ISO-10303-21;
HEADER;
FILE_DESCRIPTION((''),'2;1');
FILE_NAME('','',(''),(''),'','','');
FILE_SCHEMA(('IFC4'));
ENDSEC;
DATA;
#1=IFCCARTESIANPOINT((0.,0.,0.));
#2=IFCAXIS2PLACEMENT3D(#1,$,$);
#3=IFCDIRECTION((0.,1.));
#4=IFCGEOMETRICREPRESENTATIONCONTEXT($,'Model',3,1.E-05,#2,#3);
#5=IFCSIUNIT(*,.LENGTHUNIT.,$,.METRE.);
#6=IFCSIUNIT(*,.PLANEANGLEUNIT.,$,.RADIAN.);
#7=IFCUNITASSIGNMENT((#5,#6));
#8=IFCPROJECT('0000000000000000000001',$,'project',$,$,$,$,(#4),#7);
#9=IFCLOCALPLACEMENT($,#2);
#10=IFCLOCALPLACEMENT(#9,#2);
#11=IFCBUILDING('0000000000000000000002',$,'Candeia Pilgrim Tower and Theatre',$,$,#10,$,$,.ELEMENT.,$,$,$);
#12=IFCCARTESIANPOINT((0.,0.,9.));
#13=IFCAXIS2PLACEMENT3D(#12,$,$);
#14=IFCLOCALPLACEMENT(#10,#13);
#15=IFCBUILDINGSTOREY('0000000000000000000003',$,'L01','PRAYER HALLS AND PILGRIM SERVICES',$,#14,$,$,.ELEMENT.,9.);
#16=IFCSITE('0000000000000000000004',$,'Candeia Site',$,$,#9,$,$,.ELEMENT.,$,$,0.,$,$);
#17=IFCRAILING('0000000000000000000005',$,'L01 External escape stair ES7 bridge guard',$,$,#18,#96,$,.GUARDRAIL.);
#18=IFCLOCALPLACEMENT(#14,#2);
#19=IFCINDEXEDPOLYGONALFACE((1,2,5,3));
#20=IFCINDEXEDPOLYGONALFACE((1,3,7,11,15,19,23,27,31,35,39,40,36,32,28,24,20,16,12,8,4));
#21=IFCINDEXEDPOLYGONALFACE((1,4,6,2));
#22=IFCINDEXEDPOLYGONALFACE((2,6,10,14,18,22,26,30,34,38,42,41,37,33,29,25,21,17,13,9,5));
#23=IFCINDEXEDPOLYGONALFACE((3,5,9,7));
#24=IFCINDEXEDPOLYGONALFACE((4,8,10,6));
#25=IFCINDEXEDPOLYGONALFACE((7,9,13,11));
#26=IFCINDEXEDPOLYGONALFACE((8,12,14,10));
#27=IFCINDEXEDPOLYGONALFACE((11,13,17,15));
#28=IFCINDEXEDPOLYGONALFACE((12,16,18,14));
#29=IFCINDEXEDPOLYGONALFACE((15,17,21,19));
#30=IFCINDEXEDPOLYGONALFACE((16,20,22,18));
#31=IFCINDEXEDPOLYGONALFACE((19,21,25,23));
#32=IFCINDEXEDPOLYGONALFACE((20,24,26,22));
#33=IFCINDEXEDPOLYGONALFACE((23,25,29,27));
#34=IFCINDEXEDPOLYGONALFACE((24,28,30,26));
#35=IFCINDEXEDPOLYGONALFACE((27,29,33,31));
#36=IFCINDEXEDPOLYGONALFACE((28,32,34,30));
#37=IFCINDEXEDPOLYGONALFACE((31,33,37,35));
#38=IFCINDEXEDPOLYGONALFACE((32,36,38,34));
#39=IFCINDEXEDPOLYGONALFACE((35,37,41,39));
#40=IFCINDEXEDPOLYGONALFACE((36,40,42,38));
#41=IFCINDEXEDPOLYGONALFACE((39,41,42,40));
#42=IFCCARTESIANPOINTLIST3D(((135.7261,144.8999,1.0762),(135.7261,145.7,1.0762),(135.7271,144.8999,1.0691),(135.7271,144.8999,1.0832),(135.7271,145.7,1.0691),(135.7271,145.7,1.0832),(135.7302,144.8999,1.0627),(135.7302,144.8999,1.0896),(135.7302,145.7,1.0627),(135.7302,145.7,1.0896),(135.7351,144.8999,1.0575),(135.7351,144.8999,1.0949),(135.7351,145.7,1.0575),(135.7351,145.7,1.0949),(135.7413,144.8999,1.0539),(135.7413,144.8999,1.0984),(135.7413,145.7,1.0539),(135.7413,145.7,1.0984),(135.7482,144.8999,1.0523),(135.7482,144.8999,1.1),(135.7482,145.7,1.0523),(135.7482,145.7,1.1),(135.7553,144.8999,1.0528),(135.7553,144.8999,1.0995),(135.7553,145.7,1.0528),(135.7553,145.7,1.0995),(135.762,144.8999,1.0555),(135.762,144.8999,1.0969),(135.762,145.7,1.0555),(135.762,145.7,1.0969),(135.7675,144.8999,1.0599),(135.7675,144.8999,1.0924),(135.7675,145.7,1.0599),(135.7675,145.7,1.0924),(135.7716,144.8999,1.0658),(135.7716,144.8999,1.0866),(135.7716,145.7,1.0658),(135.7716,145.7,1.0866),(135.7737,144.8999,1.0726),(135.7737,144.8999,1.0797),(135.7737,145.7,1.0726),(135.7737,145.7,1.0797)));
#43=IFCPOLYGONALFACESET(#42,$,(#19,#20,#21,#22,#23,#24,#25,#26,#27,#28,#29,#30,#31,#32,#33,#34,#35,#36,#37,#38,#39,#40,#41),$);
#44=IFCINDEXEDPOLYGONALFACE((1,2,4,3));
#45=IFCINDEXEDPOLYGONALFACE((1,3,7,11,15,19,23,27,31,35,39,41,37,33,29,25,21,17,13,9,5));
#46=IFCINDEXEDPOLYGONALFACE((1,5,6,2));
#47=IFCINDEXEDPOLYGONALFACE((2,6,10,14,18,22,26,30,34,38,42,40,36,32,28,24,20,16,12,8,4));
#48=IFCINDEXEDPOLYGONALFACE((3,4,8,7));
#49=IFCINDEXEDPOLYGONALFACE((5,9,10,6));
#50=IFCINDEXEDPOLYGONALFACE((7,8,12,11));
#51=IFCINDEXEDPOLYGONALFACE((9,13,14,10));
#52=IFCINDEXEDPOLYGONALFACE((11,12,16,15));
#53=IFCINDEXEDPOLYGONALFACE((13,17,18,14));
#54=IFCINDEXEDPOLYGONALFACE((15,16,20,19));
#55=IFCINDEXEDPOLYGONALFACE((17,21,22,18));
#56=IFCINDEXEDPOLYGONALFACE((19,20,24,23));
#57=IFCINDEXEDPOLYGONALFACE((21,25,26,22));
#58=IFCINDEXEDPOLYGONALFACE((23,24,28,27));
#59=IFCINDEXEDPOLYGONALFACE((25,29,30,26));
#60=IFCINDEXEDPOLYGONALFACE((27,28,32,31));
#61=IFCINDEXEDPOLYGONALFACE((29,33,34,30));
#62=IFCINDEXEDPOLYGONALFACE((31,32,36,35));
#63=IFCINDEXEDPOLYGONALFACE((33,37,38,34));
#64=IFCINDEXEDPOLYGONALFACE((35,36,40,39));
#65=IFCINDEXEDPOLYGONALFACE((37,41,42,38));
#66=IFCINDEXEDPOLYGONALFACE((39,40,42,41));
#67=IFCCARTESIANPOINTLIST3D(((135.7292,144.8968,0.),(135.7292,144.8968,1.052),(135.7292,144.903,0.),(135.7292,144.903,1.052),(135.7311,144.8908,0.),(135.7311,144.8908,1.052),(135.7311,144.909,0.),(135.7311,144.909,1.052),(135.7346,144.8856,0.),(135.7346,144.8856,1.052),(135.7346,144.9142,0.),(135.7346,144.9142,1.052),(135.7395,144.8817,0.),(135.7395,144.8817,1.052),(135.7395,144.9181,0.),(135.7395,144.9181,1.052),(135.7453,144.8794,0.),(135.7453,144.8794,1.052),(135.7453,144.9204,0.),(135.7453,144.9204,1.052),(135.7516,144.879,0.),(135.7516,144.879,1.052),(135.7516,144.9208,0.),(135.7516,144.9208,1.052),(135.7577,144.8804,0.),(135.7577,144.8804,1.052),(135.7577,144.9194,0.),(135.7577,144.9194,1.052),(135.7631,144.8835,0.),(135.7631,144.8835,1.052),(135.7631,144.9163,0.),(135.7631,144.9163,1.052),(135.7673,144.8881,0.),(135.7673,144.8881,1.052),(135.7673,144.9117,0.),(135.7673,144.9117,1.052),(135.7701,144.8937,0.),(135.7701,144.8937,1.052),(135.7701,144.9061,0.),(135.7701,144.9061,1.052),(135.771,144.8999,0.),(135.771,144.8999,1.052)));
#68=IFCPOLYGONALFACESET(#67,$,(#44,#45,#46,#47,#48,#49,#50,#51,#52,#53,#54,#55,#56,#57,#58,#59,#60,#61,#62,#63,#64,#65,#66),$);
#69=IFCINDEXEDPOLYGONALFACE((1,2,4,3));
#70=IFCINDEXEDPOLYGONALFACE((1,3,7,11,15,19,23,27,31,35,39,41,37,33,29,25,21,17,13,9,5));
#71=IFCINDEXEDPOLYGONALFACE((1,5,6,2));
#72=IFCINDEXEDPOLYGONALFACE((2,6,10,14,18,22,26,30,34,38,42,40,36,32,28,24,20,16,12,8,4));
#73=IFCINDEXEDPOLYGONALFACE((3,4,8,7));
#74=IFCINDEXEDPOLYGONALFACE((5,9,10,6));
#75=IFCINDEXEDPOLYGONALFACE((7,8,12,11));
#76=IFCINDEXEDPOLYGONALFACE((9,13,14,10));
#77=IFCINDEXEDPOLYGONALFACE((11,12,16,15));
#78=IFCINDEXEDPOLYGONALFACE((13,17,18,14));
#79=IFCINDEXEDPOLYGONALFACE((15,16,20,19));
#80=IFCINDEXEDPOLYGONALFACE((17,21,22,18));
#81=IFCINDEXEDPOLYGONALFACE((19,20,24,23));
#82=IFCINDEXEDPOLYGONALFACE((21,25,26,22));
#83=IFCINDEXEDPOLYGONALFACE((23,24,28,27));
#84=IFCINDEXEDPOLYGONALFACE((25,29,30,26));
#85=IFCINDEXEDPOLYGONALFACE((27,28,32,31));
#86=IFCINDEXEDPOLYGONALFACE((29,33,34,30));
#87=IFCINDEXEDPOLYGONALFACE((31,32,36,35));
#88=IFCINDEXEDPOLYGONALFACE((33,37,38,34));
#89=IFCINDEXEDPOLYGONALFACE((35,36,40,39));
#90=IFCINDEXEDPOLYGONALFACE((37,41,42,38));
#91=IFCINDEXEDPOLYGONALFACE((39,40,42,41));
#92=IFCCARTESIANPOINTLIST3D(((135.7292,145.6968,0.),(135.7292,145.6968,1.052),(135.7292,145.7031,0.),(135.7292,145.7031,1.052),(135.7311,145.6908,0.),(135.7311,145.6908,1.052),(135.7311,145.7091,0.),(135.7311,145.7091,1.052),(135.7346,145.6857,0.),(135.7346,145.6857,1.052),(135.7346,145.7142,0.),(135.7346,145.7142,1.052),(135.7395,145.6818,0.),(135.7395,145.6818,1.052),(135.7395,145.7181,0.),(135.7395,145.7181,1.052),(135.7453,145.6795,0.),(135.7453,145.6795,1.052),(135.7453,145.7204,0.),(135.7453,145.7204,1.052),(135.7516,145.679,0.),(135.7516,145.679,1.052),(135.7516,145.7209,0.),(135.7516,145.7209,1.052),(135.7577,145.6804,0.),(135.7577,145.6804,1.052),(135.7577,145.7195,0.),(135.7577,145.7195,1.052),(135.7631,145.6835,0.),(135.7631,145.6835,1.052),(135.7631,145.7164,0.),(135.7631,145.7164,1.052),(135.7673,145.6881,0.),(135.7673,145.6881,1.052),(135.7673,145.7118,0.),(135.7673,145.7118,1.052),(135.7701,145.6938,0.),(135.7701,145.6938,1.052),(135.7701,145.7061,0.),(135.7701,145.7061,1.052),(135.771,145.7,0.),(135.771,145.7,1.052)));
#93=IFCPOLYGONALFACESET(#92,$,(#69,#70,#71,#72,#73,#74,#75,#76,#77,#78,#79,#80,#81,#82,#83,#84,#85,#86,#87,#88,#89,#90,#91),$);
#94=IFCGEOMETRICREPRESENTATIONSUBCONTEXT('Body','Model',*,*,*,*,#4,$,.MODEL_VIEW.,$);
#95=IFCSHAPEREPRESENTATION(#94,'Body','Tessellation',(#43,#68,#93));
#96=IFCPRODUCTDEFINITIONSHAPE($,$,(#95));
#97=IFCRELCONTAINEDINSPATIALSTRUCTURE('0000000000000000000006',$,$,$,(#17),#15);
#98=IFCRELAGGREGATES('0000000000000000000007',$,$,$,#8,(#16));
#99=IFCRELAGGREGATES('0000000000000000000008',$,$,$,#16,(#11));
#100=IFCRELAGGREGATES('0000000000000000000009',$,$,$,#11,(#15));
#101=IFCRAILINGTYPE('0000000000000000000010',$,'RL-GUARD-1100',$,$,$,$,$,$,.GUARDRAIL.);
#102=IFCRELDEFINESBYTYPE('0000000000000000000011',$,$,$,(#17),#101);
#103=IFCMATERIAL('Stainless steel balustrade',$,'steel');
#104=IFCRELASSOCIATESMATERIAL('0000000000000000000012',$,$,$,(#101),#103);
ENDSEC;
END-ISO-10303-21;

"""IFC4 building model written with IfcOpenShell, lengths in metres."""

from ifc_helpers import new_model, si_unit, direction, frame, origin, origin_2d, place, context, subcontext, project, spatial, circle, extrude, material, type_object, element, save


model = new_model("IFC4")

# Units and contexts
model_context = context("Model", 3, precision=1e-05, world=origin(), true_north=direction((0.0, 1.0)))
body_context = subcontext(model_context, "Body", "Model", "MODEL_VIEW")
ifc_project = project(units=[si_unit("LENGTHUNIT", "METRE"), si_unit("PLANEANGLEUNIT", "RADIAN")], contexts=[model_context])

# Site, building, storey
site_placement = place(None, origin())
site = spatial("IfcSite", under=ifc_project, at=site_placement, Name="Candeia Site", CompositionType="ELEMENT", RefElevation=0.0)
building_placement = place(site_placement, origin())
building = spatial("IfcBuilding", under=site, at=building_placement, Name="Candeia Pilgrim Tower and Theatre", CompositionType="ELEMENT")
storey_placement = place(building_placement, frame((0.0, 0.0, 9.0)))
storey = spatial("IfcBuildingStorey", under=building, at=storey_placement, Name="L01", Description="PRAYER HALLS AND PILGRIM SERVICES", CompositionType="ELEMENT", Elevation=9.0)

# Railing
ifc_material_1 = material(Name="Stainless steel balustrade", Category="steel")
railing_type_1 = type_object("IfcRailingType", Name="RL-GUARD-1100", PredefinedType="GUARDRAIL", material=ifc_material_1)
railing_1_placement = place(storey_placement, frame((135.75, 144.8999, 0.0)))
element("IfcRailing", 1, at=railing_1_placement, inside=storey, type_object=railing_type_1, Name="L01 External escape stair ES7 bridge guard", PredefinedType="GUARDRAIL", context=body_context, shape_type="SweptSolid", body=[
    extrude(circle(Radius=0.0239, at=origin_2d()), frame((0.0, 0.0, 1.0762), z_axis=(0.0, 1.0, 0.0), x_axis=(-1.0, 0.0, 0.0)), (0.0, 0.0, 1.0), 0.8),
    extrude(circle(Radius=0.021, at=origin_2d()), origin(), (0.0, 0.0, 1.0), 1.052),
    extrude(circle(Radius=0.021, at=origin_2d()), frame((0.0, 0.8, 0.0)), (0.0, 0.0, 1.0), 1.052),
])

save(model, "model.ifc")
